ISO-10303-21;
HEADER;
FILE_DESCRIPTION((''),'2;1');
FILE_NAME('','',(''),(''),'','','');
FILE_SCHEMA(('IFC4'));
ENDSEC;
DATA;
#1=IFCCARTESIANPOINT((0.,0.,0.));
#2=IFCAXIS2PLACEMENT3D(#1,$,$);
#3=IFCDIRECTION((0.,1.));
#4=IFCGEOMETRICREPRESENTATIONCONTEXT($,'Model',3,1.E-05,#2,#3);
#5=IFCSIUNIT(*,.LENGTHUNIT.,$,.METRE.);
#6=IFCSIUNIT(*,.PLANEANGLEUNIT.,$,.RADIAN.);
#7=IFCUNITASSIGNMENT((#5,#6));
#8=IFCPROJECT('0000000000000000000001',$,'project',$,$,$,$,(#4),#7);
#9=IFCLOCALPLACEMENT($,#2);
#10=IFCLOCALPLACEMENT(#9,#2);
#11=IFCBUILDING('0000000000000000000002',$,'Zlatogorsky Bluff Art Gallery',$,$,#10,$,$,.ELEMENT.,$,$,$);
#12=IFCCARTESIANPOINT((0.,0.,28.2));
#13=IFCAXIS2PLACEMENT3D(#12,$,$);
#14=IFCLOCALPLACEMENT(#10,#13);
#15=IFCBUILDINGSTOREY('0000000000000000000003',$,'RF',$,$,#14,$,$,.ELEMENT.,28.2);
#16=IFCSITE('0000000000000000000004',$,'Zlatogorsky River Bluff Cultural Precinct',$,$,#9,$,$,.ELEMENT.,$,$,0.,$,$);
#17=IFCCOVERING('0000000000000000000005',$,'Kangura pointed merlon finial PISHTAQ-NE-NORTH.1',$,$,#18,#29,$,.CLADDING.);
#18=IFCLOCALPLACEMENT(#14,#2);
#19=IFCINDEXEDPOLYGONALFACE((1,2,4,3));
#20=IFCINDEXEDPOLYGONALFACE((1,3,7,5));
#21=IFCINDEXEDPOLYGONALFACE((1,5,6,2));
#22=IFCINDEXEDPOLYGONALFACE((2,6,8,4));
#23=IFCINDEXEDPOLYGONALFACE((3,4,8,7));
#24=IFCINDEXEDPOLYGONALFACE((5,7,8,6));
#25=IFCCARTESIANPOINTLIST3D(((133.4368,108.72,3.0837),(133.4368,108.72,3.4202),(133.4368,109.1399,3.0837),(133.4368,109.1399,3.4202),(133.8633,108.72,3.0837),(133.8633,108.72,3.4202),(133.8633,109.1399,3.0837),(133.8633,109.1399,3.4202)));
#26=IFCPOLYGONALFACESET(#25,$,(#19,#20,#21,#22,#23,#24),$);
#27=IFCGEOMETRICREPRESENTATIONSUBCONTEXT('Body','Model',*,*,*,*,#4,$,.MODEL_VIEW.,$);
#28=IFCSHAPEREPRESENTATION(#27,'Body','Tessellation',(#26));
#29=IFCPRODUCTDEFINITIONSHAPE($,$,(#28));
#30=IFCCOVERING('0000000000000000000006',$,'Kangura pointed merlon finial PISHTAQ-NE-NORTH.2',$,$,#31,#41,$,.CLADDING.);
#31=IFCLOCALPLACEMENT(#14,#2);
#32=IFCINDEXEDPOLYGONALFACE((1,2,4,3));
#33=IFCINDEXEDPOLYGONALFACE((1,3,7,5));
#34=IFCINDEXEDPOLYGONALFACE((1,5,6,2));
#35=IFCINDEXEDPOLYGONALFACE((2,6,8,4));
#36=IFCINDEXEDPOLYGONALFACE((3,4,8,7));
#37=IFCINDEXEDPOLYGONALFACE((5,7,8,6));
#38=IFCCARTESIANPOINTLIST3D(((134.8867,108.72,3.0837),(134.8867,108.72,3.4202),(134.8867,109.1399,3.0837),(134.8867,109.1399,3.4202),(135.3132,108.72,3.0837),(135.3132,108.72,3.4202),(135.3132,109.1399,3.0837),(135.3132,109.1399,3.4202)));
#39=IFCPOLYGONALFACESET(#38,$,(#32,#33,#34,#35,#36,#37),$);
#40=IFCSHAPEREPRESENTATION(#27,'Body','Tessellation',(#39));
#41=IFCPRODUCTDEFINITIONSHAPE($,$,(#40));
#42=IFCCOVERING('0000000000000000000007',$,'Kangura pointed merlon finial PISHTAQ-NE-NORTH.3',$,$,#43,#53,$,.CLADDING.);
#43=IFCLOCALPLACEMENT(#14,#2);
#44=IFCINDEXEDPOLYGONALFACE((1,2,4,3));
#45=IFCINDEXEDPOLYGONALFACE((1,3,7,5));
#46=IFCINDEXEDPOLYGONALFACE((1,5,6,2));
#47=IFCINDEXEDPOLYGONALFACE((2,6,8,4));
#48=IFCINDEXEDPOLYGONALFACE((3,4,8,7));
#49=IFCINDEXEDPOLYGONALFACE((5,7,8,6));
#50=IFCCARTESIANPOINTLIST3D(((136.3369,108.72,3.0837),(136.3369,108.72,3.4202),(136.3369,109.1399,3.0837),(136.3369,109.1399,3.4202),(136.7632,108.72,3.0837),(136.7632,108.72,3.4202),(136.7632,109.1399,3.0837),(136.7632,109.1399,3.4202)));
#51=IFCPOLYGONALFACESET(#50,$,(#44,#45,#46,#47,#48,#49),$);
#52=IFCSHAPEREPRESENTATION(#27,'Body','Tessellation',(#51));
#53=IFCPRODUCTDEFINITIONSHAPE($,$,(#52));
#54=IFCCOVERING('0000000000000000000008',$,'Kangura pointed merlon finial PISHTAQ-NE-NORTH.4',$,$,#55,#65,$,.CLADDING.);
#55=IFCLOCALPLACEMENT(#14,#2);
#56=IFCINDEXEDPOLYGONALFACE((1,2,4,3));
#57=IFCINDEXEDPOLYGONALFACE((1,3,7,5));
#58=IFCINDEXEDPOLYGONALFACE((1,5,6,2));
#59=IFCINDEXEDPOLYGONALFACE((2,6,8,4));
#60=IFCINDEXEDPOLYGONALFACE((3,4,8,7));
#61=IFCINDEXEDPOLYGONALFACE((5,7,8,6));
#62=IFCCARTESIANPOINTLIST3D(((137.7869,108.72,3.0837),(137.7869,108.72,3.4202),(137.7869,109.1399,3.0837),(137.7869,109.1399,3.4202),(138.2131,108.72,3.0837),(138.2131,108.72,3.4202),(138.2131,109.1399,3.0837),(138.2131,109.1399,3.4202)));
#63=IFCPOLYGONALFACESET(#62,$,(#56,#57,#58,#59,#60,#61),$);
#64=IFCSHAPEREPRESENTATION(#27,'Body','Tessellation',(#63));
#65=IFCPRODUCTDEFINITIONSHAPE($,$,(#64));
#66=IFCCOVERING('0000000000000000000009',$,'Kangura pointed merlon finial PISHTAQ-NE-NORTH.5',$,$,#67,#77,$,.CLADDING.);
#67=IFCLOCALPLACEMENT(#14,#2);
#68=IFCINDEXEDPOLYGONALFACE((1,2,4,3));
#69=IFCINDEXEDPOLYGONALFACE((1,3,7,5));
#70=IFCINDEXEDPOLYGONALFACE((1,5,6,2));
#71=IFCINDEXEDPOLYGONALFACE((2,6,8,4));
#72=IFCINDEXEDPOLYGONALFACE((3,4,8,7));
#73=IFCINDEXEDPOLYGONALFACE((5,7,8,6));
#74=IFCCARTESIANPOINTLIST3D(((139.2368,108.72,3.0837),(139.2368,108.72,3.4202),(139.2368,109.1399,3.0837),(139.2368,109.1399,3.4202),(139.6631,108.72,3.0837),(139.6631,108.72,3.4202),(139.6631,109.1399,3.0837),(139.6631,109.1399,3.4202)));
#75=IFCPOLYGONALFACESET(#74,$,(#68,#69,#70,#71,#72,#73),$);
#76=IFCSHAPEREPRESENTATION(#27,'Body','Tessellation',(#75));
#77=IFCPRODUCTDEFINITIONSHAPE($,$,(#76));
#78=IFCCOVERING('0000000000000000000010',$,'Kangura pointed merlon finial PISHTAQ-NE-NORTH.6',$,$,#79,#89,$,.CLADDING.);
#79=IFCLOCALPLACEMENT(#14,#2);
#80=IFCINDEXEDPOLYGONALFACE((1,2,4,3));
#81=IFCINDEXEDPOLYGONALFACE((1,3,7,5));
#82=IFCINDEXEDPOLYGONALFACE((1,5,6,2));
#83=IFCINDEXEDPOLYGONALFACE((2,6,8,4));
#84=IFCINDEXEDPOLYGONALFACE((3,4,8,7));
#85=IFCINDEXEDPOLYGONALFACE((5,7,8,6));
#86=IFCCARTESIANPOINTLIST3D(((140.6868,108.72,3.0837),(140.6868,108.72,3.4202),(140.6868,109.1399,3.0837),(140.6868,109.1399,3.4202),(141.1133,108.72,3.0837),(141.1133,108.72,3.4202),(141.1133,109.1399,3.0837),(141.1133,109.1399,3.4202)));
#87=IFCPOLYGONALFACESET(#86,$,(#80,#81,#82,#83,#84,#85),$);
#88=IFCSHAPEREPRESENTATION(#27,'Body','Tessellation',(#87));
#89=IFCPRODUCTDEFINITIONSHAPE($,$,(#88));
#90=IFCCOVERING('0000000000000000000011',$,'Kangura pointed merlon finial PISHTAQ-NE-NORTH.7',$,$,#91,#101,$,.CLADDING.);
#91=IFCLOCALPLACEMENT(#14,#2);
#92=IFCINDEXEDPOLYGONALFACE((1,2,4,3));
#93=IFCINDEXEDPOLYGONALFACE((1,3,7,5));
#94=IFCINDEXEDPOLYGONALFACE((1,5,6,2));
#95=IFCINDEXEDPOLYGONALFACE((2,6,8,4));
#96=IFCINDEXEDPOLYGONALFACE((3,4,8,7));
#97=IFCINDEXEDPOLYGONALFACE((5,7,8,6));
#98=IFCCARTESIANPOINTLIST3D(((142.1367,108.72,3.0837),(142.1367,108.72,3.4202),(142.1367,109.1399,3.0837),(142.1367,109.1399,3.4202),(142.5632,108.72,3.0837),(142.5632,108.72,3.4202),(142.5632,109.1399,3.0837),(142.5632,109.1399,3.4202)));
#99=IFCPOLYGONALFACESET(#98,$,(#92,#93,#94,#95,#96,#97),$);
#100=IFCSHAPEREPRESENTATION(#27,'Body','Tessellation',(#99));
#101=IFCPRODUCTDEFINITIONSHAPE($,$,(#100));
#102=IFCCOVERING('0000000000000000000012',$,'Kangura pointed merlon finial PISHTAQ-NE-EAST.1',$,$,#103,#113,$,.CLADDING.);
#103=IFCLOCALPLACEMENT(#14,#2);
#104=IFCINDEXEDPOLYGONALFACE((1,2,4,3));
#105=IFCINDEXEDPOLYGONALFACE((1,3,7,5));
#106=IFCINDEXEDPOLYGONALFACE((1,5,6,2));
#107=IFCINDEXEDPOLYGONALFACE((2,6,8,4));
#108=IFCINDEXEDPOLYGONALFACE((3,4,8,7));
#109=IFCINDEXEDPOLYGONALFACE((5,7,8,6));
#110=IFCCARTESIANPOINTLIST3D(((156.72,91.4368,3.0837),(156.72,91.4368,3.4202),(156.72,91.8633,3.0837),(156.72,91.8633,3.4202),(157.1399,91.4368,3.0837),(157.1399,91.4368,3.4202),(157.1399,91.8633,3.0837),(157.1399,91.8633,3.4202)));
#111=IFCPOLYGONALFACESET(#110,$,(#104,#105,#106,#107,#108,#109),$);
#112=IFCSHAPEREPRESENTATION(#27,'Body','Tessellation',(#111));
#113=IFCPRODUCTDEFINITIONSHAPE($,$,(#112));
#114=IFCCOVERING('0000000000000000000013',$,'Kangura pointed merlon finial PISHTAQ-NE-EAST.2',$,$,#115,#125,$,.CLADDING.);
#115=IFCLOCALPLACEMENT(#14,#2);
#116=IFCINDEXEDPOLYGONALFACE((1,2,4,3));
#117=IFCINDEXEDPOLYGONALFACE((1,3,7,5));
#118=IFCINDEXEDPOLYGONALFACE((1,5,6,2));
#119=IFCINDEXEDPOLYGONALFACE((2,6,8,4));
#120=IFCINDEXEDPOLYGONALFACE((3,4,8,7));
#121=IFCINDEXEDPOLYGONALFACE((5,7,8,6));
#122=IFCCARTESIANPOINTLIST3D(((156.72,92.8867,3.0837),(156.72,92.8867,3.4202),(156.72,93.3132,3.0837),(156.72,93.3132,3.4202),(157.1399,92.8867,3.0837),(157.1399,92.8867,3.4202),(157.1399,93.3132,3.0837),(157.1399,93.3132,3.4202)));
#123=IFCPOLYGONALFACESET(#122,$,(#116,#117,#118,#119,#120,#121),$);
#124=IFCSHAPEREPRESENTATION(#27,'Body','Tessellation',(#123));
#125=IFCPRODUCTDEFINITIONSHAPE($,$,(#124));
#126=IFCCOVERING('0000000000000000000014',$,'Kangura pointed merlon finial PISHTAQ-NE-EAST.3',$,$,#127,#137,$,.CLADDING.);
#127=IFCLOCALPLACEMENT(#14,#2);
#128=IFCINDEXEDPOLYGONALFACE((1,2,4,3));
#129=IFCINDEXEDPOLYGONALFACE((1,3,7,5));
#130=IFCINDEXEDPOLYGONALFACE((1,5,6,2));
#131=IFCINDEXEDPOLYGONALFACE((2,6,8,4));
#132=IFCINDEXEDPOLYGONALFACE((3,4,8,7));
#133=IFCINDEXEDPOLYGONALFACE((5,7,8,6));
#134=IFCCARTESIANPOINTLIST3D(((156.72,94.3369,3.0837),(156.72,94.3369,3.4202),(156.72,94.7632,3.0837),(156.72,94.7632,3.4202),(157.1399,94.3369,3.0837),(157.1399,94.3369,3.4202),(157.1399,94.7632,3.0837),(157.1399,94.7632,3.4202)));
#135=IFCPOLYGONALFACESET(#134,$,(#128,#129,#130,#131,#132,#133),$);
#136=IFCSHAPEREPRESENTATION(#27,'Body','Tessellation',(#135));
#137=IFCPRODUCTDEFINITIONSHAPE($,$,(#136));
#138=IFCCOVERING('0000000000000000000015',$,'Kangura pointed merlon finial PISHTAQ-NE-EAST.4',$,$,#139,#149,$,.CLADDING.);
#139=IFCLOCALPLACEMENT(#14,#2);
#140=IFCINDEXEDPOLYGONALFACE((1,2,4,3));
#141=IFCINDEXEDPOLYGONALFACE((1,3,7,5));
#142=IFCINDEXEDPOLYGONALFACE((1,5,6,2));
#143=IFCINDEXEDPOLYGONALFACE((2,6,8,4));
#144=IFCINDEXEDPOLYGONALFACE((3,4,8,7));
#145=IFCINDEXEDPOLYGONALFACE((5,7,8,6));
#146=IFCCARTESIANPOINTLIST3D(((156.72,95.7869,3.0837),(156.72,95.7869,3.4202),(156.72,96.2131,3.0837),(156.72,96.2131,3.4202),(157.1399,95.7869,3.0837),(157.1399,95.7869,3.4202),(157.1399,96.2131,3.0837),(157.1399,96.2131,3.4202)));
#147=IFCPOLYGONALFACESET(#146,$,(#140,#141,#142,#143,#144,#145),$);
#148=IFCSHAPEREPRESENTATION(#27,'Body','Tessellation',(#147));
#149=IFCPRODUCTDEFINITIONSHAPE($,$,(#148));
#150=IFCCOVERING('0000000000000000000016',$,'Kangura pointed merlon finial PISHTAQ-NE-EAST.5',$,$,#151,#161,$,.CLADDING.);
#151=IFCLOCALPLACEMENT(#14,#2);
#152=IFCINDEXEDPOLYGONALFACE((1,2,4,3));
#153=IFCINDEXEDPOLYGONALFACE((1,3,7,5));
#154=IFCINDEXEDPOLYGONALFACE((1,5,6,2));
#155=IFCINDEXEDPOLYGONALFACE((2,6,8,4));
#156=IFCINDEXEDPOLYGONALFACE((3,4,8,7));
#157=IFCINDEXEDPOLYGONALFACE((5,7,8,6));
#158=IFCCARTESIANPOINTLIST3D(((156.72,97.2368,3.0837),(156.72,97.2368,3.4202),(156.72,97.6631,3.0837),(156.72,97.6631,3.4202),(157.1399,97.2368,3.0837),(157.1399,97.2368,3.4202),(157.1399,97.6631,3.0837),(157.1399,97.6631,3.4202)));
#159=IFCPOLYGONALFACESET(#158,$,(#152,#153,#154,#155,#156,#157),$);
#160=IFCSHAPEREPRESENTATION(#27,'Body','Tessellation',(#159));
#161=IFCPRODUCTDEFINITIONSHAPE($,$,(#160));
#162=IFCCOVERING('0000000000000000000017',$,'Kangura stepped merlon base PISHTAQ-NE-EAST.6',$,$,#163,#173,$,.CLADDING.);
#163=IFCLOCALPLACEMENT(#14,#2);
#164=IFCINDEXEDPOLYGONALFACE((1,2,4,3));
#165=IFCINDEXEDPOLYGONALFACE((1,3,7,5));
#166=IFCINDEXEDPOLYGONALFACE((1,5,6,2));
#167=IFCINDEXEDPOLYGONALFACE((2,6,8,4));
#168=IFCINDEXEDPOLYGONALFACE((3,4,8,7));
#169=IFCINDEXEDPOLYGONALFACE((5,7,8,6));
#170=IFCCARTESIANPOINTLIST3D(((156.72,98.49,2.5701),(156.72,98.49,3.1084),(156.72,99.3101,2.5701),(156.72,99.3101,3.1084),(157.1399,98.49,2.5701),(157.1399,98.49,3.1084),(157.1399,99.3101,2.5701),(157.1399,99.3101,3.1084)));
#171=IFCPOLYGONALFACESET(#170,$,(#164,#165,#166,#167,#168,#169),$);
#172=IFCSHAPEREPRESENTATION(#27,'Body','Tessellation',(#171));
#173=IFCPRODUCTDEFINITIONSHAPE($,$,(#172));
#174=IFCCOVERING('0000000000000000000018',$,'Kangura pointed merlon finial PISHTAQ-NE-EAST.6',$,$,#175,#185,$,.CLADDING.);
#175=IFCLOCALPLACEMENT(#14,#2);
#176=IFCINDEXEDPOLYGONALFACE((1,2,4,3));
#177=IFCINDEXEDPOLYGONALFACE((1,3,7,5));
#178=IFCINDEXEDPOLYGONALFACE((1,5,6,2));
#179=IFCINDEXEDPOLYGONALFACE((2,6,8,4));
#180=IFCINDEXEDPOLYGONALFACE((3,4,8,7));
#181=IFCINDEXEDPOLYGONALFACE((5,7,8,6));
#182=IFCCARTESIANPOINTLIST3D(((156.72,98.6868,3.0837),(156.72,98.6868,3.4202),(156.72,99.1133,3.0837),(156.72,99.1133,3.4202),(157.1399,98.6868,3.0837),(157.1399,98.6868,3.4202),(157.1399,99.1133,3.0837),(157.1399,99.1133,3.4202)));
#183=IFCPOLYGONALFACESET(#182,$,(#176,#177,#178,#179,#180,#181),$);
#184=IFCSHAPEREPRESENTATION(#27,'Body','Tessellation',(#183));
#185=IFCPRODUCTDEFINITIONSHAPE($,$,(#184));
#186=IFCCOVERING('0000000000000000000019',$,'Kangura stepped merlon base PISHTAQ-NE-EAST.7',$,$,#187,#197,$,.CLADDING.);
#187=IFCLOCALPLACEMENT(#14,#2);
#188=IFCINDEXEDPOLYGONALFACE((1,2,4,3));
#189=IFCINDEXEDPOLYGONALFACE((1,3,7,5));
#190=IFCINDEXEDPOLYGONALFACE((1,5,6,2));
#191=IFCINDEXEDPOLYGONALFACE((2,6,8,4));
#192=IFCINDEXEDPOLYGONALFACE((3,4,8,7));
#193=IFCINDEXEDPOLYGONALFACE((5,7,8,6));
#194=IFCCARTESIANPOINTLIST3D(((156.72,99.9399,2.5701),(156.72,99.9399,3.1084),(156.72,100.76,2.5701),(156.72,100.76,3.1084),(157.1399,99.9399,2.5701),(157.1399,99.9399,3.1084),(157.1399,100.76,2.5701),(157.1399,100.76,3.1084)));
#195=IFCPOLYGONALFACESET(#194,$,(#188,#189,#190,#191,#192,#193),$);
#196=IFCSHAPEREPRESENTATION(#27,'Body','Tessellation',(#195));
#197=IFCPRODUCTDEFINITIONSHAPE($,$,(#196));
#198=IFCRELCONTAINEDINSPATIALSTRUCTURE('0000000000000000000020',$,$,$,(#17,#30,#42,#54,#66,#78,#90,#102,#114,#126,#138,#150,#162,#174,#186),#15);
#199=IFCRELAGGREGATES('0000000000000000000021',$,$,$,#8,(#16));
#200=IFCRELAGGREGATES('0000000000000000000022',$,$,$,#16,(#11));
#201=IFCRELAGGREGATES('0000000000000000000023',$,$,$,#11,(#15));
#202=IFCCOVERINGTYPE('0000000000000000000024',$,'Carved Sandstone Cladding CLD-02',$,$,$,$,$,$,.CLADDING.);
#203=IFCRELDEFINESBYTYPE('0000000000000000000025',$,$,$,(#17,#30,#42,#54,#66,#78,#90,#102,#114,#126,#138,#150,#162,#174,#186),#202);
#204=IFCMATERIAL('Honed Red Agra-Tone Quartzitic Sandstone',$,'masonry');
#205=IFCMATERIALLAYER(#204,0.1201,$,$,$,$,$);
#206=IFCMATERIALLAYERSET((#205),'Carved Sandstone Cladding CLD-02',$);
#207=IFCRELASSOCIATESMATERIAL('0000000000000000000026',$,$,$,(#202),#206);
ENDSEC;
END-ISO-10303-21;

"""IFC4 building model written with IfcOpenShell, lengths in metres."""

from ifc_helpers import new_model, si_unit, direction, frame, origin, place, context, subcontext, project, spatial, polyline, outline, extrude, material, layer, layer_set, type_object, element, save


model = new_model("IFC4")

# Units and contexts
model_context = context("Model", 3, precision=1e-05, world=origin(), true_north=direction((0.0, 1.0)))
body_context = subcontext(model_context, "Body", "Model", "MODEL_VIEW")
ifc_project = project(units=[si_unit("LENGTHUNIT", "METRE"), si_unit("PLANEANGLEUNIT", "RADIAN")], contexts=[model_context])

# Site, building, storey
site_placement = place(None, origin())
site = spatial("IfcSite", under=ifc_project, at=site_placement, Name="Zlatogorsky River Bluff Cultural Precinct", CompositionType="ELEMENT", RefElevation=0.0)
building_placement = place(site_placement, origin())
building = spatial("IfcBuilding", under=site, at=building_placement, Name="Zlatogorsky Bluff Art Gallery", CompositionType="ELEMENT")
storey_placement = place(building_placement, frame((0.0, 0.0, 28.2)))
storey = spatial("IfcBuildingStorey", under=building, at=storey_placement, Name="RF", CompositionType="ELEMENT", Elevation=28.2)

# Coverings
ifc_material_1 = material(Name="Honed Red Agra-Tone Quartzitic Sandstone", Category="masonry")
ifc_layer_1 = layer(ifc_material_1, 0.1201)
ifc_layer_set_1 = layer_set([ifc_layer_1], Name="Carved Sandstone Cladding CLD-02")
covering_type_1 = type_object("IfcCoveringType", Name="Carved Sandstone Cladding CLD-02", PredefinedType="CLADDING", material=ifc_layer_set_1)
covering_1_placement = place(storey_placement, frame((0.0, 0.0, 3.0837)))
element("IfcCovering", 1, at=covering_1_placement, inside=storey, type_object=covering_type_1, Name="Kangura pointed merlon finial PISHTAQ-NE-NORTH.1", PredefinedType="CLADDING", context=body_context, shape_type="SweptSolid", body=[
    extrude(outline(polyline([(133.4368, 108.72), (133.8633, 108.72), (133.8633, 109.1399), (133.4368, 109.1399), (133.4368, 108.72)])), origin(), (0.0, 0.0, 1.0), 0.3364),
])
covering_2_placement = place(storey_placement, frame((0.0, 0.0, 3.0837)))
element("IfcCovering", 2, at=covering_2_placement, inside=storey, type_object=covering_type_1, Name="Kangura pointed merlon finial PISHTAQ-NE-NORTH.2", PredefinedType="CLADDING", context=body_context, shape_type="SweptSolid", body=[
    extrude(outline(polyline([(134.8867, 108.72), (135.3132, 108.72), (135.3132, 109.1399), (134.8867, 109.1399), (134.8867, 108.72)])), origin(), (0.0, 0.0, 1.0), 0.3364),
])
covering_3_placement = place(storey_placement, frame((0.0, 0.0, 3.0837)))
element("IfcCovering", 3, at=covering_3_placement, inside=storey, type_object=covering_type_1, Name="Kangura pointed merlon finial PISHTAQ-NE-NORTH.3", PredefinedType="CLADDING", context=body_context, shape_type="SweptSolid", body=[
    extrude(outline(polyline([(136.3369, 108.72), (136.7632, 108.72), (136.7632, 109.1399), (136.3369, 109.1399), (136.3369, 108.72)])), origin(), (0.0, 0.0, 1.0), 0.3364),
])
covering_4_placement = place(storey_placement, frame((0.0, 0.0, 3.0837)))
element("IfcCovering", 4, at=covering_4_placement, inside=storey, type_object=covering_type_1, Name="Kangura pointed merlon finial PISHTAQ-NE-NORTH.4", PredefinedType="CLADDING", context=body_context, shape_type="SweptSolid", body=[
    extrude(outline(polyline([(137.7869, 108.72), (138.2131, 108.72), (138.2131, 109.1399), (137.7869, 109.1399), (137.7869, 108.72)])), origin(), (0.0, 0.0, 1.0), 0.3364),
])
covering_5_placement = place(storey_placement, frame((0.0, 0.0, 3.0837)))
element("IfcCovering", 5, at=covering_5_placement, inside=storey, type_object=covering_type_1, Name="Kangura pointed merlon finial PISHTAQ-NE-NORTH.5", PredefinedType="CLADDING", context=body_context, shape_type="SweptSolid", body=[
    extrude(outline(polyline([(139.2368, 108.72), (139.6631, 108.72), (139.6631, 109.1399), (139.2368, 109.1399), (139.2368, 108.72)])), origin(), (0.0, 0.0, 1.0), 0.3364),
])
covering_6_placement = place(storey_placement, frame((0.0, 0.0, 3.0837)))
element("IfcCovering", 6, at=covering_6_placement, inside=storey, type_object=covering_type_1, Name="Kangura pointed merlon finial PISHTAQ-NE-NORTH.6", PredefinedType="CLADDING", context=body_context, shape_type="SweptSolid", body=[
    extrude(outline(polyline([(140.6868, 108.72), (141.1133, 108.72), (141.1133, 109.1399), (140.6868, 109.1399), (140.6868, 108.72)])), origin(), (0.0, 0.0, 1.0), 0.3364),
])
covering_7_placement = place(storey_placement, frame((0.0, 0.0, 3.0837)))
element("IfcCovering", 7, at=covering_7_placement, inside=storey, type_object=covering_type_1, Name="Kangura pointed merlon finial PISHTAQ-NE-NORTH.7", PredefinedType="CLADDING", context=body_context, shape_type="SweptSolid", body=[
    extrude(outline(polyline([(142.1367, 108.72), (142.5632, 108.72), (142.5632, 109.1399), (142.1367, 109.1399), (142.1367, 108.72)])), origin(), (0.0, 0.0, 1.0), 0.3364),
])
covering_8_placement = place(storey_placement, frame((0.0, 0.0, 3.0837)))
element("IfcCovering", 8, at=covering_8_placement, inside=storey, type_object=covering_type_1, Name="Kangura pointed merlon finial PISHTAQ-NE-EAST.1", PredefinedType="CLADDING", context=body_context, shape_type="SweptSolid", body=[
    extrude(outline(polyline([(156.72, 91.4368), (156.72, 91.8633), (157.1399, 91.8633), (157.1399, 91.4368), (156.72, 91.4368)])), origin(), (0.0, 0.0, 1.0), 0.3364),
])
covering_9_placement = place(storey_placement, frame((0.0, 0.0, 3.0837)))
element("IfcCovering", 9, at=covering_9_placement, inside=storey, type_object=covering_type_1, Name="Kangura pointed merlon finial PISHTAQ-NE-EAST.2", PredefinedType="CLADDING", context=body_context, shape_type="SweptSolid", body=[
    extrude(outline(polyline([(156.72, 92.8867), (156.72, 93.3132), (157.1399, 93.3132), (157.1399, 92.8867), (156.72, 92.8867)])), origin(), (0.0, 0.0, 1.0), 0.3364),
])
covering_10_placement = place(storey_placement, frame((0.0, 0.0, 3.0837)))
element("IfcCovering", 10, at=covering_10_placement, inside=storey, type_object=covering_type_1, Name="Kangura pointed merlon finial PISHTAQ-NE-EAST.3", PredefinedType="CLADDING", context=body_context, shape_type="SweptSolid", body=[
    extrude(outline(polyline([(156.72, 94.3369), (156.72, 94.7632), (157.1399, 94.7632), (157.1399, 94.3369), (156.72, 94.3369)])), origin(), (0.0, 0.0, 1.0), 0.3364),
])
covering_11_placement = place(storey_placement, frame((0.0, 0.0, 3.0837)))
element("IfcCovering", 11, at=covering_11_placement, inside=storey, type_object=covering_type_1, Name="Kangura pointed merlon finial PISHTAQ-NE-EAST.4", PredefinedType="CLADDING", context=body_context, shape_type="SweptSolid", body=[
    extrude(outline(polyline([(156.72, 95.7869), (156.72, 96.2131), (157.1399, 96.2131), (157.1399, 95.7869), (156.72, 95.7869)])), origin(), (0.0, 0.0, 1.0), 0.3364),
])
covering_12_placement = place(storey_placement, frame((0.0, 0.0, 3.0837)))
element("IfcCovering", 12, at=covering_12_placement, inside=storey, type_object=covering_type_1, Name="Kangura pointed merlon finial PISHTAQ-NE-EAST.5", PredefinedType="CLADDING", context=body_context, shape_type="SweptSolid", body=[
    extrude(outline(polyline([(156.72, 97.2368), (156.72, 97.6631), (157.1399, 97.6631), (157.1399, 97.2368), (156.72, 97.2368)])), origin(), (0.0, 0.0, 1.0), 0.3364),
])
covering_13_placement = place(storey_placement, frame((0.0, 0.0, 2.5701)))
element("IfcCovering", 13, at=covering_13_placement, inside=storey, type_object=covering_type_1, Name="Kangura stepped merlon base PISHTAQ-NE-EAST.6", PredefinedType="CLADDING", context=body_context, shape_type="SweptSolid", body=[
    extrude(outline(polyline([(156.72, 98.49), (156.72, 99.3101), (157.1399, 99.3101), (157.1399, 98.49), (156.72, 98.49)])), origin(), (0.0, 0.0, 1.0), 0.5383),
])
covering_14_placement = place(storey_placement, frame((0.0, 0.0, 3.0837)))
element("IfcCovering", 14, at=covering_14_placement, inside=storey, type_object=covering_type_1, Name="Kangura pointed merlon finial PISHTAQ-NE-EAST.6", PredefinedType="CLADDING", context=body_context, shape_type="SweptSolid", body=[
    extrude(outline(polyline([(156.72, 98.6868), (156.72, 99.1133), (157.1399, 99.1133), (157.1399, 98.6868), (156.72, 98.6868)])), origin(), (0.0, 0.0, 1.0), 0.3364),
])
covering_15_placement = place(storey_placement, frame((0.0, 0.0, 2.5701)))
element("IfcCovering", 15, at=covering_15_placement, inside=storey, type_object=covering_type_1, Name="Kangura stepped merlon base PISHTAQ-NE-EAST.7", PredefinedType="CLADDING", context=body_context, shape_type="SweptSolid", body=[
    extrude(outline(polyline([(156.72, 99.9399), (156.72, 100.76), (157.1399, 100.76), (157.1399, 99.9399), (156.72, 99.9399)])), origin(), (0.0, 0.0, 1.0), 0.5383),
])

save(model, "model.ifc")
